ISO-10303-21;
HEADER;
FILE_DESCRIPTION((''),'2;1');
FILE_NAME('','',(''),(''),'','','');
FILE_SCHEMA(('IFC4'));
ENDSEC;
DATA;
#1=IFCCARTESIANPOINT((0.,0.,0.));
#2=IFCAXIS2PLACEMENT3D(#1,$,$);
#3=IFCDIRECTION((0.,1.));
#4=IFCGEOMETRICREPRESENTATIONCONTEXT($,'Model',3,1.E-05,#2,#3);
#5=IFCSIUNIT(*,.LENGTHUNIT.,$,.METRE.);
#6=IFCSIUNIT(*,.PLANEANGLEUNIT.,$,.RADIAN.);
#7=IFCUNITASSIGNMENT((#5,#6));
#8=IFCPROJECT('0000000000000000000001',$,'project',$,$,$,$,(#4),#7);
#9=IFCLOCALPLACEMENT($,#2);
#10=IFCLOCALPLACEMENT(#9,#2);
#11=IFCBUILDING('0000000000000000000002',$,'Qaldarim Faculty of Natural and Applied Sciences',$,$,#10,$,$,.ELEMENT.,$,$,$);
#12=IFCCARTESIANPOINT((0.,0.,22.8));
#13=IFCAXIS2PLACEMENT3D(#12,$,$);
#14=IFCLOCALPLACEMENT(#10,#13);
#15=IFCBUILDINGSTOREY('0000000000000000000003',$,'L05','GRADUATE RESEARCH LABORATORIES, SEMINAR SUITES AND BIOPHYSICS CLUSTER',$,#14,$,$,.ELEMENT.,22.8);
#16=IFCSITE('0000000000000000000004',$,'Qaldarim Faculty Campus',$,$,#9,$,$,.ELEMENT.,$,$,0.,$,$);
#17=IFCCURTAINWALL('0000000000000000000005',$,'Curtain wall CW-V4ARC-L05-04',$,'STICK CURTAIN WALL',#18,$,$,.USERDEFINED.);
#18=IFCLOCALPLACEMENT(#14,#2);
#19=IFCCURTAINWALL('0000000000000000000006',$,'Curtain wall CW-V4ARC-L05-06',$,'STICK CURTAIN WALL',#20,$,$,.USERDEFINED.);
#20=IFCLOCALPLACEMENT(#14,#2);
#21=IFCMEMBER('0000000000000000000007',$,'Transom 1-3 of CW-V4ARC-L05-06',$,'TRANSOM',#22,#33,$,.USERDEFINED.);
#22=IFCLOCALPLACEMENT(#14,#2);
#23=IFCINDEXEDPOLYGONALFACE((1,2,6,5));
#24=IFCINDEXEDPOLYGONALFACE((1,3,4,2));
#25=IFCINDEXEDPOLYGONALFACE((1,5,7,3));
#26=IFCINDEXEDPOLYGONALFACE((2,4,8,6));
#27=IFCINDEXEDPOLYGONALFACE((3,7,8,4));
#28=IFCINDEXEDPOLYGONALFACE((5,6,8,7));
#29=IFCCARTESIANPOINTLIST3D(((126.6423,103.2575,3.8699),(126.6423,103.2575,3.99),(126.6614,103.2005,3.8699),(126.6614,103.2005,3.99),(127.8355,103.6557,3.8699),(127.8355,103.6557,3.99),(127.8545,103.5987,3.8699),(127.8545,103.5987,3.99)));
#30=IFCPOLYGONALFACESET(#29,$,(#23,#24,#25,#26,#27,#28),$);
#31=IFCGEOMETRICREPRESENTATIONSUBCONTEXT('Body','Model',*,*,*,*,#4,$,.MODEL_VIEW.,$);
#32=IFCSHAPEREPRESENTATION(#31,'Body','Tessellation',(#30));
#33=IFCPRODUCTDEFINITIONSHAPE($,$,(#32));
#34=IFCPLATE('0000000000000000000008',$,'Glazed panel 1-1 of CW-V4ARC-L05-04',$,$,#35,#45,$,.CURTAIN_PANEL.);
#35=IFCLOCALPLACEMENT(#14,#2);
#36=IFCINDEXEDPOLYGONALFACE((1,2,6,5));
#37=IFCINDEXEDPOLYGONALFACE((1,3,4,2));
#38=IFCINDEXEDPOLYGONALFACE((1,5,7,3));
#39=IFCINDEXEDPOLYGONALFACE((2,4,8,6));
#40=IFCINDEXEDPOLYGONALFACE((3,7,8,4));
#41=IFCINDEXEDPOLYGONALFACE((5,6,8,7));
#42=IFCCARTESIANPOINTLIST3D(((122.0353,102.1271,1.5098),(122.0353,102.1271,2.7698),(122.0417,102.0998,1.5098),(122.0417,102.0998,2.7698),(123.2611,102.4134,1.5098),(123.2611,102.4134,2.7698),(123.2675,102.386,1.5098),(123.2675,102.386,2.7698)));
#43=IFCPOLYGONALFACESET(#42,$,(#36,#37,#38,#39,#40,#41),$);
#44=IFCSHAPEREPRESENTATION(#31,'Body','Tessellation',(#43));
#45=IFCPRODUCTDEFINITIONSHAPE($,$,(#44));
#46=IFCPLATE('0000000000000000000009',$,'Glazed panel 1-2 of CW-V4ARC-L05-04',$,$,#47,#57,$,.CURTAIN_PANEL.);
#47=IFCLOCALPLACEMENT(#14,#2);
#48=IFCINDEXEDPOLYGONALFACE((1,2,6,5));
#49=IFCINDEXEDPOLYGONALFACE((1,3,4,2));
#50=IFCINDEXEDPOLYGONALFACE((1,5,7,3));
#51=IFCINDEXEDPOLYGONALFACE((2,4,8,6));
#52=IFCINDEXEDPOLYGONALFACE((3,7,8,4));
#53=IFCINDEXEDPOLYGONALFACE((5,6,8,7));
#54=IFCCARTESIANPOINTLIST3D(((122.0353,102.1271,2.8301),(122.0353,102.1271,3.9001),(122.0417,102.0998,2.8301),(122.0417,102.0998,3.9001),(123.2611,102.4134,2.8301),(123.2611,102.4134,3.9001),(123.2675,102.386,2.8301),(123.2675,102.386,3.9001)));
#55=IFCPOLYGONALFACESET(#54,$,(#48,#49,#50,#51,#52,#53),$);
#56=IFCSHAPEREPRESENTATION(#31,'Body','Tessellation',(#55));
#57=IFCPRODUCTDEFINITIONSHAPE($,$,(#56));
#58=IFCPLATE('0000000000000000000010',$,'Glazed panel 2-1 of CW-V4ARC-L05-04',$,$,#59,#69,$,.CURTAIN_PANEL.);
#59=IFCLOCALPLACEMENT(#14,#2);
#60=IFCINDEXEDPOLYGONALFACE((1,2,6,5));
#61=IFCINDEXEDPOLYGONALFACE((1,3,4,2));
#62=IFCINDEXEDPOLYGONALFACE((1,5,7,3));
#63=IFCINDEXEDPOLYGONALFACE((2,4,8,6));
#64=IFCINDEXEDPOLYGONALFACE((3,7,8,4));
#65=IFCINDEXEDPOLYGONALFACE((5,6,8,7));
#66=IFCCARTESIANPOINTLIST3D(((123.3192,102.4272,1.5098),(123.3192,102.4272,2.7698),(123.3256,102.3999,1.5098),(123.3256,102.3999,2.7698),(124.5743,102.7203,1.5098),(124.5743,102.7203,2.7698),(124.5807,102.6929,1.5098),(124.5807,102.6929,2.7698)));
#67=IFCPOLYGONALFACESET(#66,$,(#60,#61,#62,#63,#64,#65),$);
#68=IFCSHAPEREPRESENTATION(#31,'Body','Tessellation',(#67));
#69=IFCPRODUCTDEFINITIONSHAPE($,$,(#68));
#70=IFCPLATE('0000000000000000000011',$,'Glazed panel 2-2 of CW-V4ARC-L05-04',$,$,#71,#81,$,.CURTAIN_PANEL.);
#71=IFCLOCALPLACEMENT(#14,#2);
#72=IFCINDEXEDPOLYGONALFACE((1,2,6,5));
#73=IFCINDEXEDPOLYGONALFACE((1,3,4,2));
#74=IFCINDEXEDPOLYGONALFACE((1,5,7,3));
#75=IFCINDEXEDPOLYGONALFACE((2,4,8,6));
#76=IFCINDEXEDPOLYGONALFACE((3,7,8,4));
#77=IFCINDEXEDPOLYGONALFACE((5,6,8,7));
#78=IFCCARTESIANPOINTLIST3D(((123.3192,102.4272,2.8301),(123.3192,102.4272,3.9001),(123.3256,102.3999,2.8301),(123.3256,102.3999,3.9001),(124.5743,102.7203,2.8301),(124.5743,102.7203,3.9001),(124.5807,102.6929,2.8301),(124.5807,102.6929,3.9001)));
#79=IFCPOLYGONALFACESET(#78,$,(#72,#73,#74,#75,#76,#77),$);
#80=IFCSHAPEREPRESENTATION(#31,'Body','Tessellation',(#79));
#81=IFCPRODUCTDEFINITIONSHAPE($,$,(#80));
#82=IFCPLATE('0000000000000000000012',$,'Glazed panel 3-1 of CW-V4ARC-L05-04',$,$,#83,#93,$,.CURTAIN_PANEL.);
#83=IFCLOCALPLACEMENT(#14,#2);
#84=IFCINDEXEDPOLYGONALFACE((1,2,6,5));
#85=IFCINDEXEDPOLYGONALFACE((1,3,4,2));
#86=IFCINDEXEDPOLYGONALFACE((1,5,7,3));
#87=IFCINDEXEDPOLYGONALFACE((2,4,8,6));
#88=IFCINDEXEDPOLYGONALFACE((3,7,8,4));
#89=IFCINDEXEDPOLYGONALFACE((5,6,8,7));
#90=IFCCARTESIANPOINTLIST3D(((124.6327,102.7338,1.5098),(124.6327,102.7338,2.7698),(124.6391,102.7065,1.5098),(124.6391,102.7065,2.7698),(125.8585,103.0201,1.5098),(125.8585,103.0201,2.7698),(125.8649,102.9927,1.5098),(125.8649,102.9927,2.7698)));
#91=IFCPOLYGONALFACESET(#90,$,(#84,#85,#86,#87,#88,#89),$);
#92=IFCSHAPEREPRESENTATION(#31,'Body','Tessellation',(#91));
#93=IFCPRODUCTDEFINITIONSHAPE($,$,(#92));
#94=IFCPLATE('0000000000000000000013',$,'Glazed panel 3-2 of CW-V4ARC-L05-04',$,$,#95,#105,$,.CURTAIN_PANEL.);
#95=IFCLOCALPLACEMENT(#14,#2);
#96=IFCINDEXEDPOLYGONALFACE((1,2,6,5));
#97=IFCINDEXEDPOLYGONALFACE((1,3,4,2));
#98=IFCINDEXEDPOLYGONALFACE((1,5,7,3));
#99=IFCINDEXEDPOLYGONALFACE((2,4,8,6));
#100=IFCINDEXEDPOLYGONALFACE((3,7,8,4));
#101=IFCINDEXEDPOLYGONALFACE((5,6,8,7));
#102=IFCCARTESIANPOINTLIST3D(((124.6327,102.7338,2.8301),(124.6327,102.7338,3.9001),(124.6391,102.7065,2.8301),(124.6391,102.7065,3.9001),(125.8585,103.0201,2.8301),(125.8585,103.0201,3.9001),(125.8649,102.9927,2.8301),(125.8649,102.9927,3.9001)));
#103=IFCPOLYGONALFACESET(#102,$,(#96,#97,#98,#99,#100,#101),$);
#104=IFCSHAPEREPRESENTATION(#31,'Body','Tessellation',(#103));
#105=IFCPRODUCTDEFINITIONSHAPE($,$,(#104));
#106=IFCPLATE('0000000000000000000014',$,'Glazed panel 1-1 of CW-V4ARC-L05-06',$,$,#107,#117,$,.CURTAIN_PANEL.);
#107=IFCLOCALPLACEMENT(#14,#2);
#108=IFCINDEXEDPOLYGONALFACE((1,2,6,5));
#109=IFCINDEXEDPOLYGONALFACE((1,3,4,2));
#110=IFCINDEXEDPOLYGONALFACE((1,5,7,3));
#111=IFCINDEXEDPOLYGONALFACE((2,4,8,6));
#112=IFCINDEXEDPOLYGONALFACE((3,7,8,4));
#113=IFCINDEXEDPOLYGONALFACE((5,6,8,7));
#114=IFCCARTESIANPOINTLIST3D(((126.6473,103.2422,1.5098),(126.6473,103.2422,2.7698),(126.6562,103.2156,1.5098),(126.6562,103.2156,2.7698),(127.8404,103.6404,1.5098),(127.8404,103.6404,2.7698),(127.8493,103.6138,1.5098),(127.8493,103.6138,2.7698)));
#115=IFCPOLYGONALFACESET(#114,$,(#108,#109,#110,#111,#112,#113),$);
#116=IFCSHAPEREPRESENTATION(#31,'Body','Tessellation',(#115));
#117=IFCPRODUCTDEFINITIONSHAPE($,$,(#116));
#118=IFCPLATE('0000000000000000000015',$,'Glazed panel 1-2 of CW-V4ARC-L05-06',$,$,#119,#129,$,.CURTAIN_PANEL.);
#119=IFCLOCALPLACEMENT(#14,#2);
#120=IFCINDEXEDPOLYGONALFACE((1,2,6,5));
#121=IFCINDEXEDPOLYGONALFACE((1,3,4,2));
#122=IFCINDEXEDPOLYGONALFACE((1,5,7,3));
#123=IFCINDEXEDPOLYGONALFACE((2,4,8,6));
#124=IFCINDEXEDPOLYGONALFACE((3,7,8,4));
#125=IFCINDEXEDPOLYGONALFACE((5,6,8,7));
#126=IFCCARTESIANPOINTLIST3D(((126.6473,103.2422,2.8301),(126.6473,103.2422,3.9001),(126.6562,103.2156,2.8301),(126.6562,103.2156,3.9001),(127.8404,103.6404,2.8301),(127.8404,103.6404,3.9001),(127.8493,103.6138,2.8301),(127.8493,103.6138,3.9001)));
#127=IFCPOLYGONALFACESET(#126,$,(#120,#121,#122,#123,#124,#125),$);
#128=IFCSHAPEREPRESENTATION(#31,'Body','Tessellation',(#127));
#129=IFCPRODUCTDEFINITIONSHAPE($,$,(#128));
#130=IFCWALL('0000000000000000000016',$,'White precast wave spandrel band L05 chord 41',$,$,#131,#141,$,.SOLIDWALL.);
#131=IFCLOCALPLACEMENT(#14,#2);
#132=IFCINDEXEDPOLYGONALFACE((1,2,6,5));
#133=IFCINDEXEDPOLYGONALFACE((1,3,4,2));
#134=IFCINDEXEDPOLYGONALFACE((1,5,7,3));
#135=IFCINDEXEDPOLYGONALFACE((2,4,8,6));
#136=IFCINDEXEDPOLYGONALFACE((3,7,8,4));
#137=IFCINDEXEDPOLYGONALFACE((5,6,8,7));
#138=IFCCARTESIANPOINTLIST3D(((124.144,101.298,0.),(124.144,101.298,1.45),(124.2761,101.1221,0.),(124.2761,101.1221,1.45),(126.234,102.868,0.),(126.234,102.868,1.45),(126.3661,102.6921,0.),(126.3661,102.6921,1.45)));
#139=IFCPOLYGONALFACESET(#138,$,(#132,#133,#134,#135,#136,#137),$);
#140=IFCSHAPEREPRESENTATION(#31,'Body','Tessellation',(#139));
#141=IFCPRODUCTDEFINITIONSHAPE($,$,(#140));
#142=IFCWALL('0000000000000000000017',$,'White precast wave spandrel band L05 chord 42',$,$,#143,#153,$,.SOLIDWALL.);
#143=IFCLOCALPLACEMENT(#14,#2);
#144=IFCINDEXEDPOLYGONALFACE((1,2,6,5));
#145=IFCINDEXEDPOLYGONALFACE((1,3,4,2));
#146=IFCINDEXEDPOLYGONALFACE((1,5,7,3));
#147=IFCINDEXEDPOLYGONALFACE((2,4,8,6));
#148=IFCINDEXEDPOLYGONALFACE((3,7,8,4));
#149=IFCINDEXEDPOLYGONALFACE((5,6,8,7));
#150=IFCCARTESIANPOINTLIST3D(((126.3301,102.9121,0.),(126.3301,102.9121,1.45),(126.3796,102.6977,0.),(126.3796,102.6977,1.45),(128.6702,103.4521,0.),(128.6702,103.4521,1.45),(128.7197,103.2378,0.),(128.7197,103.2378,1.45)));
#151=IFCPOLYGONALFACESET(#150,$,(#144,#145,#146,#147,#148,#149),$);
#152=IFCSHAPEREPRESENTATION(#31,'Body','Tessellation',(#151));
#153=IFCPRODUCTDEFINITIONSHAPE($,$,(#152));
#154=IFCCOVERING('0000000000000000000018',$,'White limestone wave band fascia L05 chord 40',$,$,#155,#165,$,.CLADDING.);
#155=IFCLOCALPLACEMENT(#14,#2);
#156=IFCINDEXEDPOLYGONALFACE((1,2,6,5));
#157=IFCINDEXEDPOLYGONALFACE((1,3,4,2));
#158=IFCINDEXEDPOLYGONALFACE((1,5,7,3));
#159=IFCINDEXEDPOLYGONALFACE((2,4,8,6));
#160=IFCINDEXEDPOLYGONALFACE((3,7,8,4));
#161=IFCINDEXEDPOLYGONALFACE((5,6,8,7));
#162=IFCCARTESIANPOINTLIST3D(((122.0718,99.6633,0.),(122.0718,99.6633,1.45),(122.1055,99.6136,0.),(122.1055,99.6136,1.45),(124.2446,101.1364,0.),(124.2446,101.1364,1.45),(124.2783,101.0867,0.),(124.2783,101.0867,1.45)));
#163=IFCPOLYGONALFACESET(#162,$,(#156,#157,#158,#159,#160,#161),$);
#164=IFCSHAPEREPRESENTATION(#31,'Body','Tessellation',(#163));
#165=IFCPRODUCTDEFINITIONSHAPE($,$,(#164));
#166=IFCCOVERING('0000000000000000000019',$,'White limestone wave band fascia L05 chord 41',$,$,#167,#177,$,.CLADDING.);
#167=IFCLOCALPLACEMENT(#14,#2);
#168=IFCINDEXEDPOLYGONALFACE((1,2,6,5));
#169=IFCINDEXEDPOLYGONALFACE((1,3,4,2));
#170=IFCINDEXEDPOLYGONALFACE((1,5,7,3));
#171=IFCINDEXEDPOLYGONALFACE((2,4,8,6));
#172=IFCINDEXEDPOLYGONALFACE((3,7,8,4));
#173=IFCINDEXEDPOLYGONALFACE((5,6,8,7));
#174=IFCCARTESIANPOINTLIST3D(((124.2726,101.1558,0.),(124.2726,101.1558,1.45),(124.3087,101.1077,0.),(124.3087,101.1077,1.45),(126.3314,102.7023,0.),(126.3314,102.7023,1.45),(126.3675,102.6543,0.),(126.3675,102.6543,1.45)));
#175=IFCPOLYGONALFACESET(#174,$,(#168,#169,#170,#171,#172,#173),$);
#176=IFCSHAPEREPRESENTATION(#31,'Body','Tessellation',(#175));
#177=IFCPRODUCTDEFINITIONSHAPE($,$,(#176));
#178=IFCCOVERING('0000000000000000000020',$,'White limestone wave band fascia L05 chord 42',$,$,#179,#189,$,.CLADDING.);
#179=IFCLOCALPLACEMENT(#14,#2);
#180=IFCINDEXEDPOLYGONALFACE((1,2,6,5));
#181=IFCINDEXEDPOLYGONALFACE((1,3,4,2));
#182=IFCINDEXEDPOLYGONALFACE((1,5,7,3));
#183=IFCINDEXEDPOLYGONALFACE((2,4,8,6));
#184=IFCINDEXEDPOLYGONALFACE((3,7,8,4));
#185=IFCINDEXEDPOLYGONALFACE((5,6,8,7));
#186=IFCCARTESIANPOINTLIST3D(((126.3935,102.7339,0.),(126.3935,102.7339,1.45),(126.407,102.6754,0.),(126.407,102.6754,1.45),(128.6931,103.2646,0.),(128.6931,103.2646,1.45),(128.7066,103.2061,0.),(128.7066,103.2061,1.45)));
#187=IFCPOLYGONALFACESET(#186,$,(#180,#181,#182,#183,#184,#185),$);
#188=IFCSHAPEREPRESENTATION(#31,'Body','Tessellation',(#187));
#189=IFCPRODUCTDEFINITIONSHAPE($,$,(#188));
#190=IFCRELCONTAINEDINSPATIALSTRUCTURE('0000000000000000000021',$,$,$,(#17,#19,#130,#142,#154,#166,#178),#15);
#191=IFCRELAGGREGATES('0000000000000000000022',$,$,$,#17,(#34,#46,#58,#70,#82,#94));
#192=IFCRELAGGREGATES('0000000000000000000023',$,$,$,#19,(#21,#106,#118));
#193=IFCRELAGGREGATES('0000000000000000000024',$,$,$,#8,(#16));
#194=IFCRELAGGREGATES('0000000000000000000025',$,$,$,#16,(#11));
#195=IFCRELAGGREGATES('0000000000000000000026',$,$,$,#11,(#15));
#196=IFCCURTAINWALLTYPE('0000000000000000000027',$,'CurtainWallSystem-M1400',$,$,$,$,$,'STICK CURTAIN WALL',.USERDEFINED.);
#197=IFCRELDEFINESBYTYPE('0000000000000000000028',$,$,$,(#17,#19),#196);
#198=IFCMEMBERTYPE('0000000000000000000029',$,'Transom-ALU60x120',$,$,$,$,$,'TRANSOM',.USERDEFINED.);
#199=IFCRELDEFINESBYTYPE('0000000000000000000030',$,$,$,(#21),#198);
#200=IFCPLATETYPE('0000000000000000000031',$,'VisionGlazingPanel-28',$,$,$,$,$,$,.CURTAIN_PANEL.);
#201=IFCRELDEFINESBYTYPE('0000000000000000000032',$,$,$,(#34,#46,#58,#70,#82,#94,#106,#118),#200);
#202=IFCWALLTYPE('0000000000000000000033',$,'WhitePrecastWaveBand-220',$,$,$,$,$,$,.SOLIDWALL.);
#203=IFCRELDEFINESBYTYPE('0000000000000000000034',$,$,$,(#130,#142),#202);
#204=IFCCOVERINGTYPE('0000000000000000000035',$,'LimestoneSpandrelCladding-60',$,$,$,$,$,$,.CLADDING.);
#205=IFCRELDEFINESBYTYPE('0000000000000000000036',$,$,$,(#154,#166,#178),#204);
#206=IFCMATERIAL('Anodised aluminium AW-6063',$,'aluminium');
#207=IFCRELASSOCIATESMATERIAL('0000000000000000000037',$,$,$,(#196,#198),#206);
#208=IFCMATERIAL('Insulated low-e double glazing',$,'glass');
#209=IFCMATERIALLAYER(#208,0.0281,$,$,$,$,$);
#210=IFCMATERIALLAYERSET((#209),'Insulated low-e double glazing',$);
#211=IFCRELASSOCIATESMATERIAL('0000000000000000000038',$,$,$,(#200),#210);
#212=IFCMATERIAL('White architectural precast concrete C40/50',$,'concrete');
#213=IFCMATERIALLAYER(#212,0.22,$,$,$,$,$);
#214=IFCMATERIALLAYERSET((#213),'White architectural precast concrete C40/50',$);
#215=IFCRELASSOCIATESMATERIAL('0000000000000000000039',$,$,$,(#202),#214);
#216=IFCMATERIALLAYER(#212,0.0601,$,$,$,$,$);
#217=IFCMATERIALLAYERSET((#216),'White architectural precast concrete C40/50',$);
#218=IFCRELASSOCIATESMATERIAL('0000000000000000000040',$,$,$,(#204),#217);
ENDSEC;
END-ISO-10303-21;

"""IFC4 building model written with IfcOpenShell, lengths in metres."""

from ifc_helpers import new_model, si_unit, direction, frame, frame_2d, origin, origin_2d, place, context, subcontext, project, spatial, rectangle, extrude, material, layer, layer_set, material_profile, profile_set, type_object, element, aggregate, save


model = new_model("IFC4")

# Units and contexts
model_context = context("Model", 3, precision=1e-05, world=origin(), true_north=direction((0.0, 1.0)))
body_context = subcontext(model_context, "Body", "Model", "MODEL_VIEW")
ifc_project = project(units=[si_unit("LENGTHUNIT", "METRE"), si_unit("PLANEANGLEUNIT", "RADIAN")], contexts=[model_context])

# Site, building, storey
site_placement = place(None, origin())
site = spatial("IfcSite", under=ifc_project, at=site_placement, Name="Qaldarim Faculty Campus", CompositionType="ELEMENT", RefElevation=0.0)
building_placement = place(site_placement, origin())
building = spatial("IfcBuilding", under=site, at=building_placement, Name="Qaldarim Faculty of Natural and Applied Sciences", CompositionType="ELEMENT")
storey_placement = place(building_placement, frame((0.0, 0.0, 22.8)))
storey = spatial("IfcBuildingStorey", under=building, at=storey_placement, Name="L05", Description="GRADUATE RESEARCH LABORATORIES, SEMINAR SUITES AND BIOPHYSICS CLUSTER", CompositionType="ELEMENT", Elevation=22.8)

# Curtain wall
ifc_material_1 = material(Name="Anodised aluminium AW-6063", Category="aluminium")
curtain_wall_type = type_object("IfcCurtainWallType", Name="CurtainWallSystem-M1400", ElementType="STICK CURTAIN WALL", PredefinedType="USERDEFINED", material=ifc_material_1)
curtain_wall_1_placement = place(storey_placement, origin())
curtain_wall_1 = element("IfcCurtainWall", 1, at=curtain_wall_1_placement, inside=storey, type_object=curtain_wall_type, Name="Curtain wall CW-V4ARC-L05-04", ObjectType="STICK CURTAIN WALL", PredefinedType="USERDEFINED")

# Curtain wall
curtain_wall_2_placement = place(storey_placement, origin())
curtain_wall_2 = element("IfcCurtainWall", 2, at=curtain_wall_2_placement, inside=storey, type_object=curtain_wall_type, Name="Curtain wall CW-V4ARC-L05-06", ObjectType="STICK CURTAIN WALL", PredefinedType="USERDEFINED")

# Member
ifc_material_profile_1 = material_profile(ifc_material_1, rectangle(XDim=0.0601, YDim=0.1201, at=origin_2d()), Name="ALU-T60x120")
ifc_profile_set_1 = profile_set([ifc_material_profile_1], Name="Anodised aluminium AW-6063")
member_type_1 = type_object("IfcMemberType", Name="Transom-ALU60x120", ElementType="TRANSOM", PredefinedType="USERDEFINED", material=ifc_profile_set_1)
member_1_placement = place(storey_placement, frame((126.6519, 103.229, 3.9299), z_axis=(0.948567, 0.316577, 0.0), x_axis=(-0.316577, 0.948567, 0.0)))
member_1 = element("IfcMember", 3, at=member_1_placement, type_object=member_type_1, Name="Transom 1-3 of CW-V4ARC-L05-06", ObjectType="TRANSOM", PredefinedType="USERDEFINED", context=body_context, shape_type="SweptSolid", body=[
    extrude(rectangle(XDim=0.0601, YDim=0.1201, at=origin_2d()), origin(), (0.0, 0.0, 1.0), 1.2578),
])

# Plates
ifc_material_2 = material(Name="Insulated low-e double glazing", Category="glass")
ifc_layer_1 = layer(ifc_material_2, 0.0281)
ifc_layer_set_1 = layer_set([ifc_layer_1], Name="Insulated low-e double glazing")
plate_type = type_object("IfcPlateType", Name="VisionGlazingPanel-28", PredefinedType="CURTAIN_PANEL", material=ifc_layer_set_1)
plate_1_placement = place(storey_placement, frame((122.6514, 102.2566, 1.5098), z_axis=(0.0, 0.0, 1.0), x_axis=(0.973806, 0.227382, 0.0)))
plate_1 = element("IfcPlate", 4, at=plate_1_placement, type_object=plate_type, Name="Glazed panel 1-1 of CW-V4ARC-L05-04", PredefinedType="CURTAIN_PANEL", context=body_context, shape_type="SweptSolid", body=[
    extrude(rectangle(XDim=1.2588, YDim=0.0281, at=origin_2d()), origin(), (0.0, 0.0, 1.0), 1.26),
])
plate_2_placement = place(storey_placement, frame((122.6514, 102.2566, 2.8301), z_axis=(0.0, 0.0, 1.0), x_axis=(0.973806, 0.227382, 0.0)))
plate_2 = element("IfcPlate", 5, at=plate_2_placement, type_object=plate_type, Name="Glazed panel 1-2 of CW-V4ARC-L05-04", PredefinedType="CURTAIN_PANEL", context=body_context, shape_type="SweptSolid", body=[
    extrude(rectangle(XDim=1.2588, YDim=0.0281, at=origin_2d()), origin(), (0.0, 0.0, 1.0), 1.0701),
])
plate_3_placement = place(storey_placement, frame((123.95, 102.5601, 1.5098), z_axis=(0.0, 0.0, 1.0), x_axis=(0.973806, 0.227382, 0.0)))
plate_3 = element("IfcPlate", 6, at=plate_3_placement, type_object=plate_type, Name="Glazed panel 2-1 of CW-V4ARC-L05-04", PredefinedType="CURTAIN_PANEL", context=body_context, shape_type="SweptSolid", body=[
    extrude(rectangle(XDim=1.2888, YDim=0.0281, at=origin_2d()), origin(), (0.0, 0.0, 1.0), 1.26),
])
plate_4_placement = place(storey_placement, frame((123.95, 102.5601, 2.8301), z_axis=(0.0, 0.0, 1.0), x_axis=(0.973806, 0.227382, 0.0)))
plate_4 = element("IfcPlate", 7, at=plate_4_placement, type_object=plate_type, Name="Glazed panel 2-2 of CW-V4ARC-L05-04", PredefinedType="CURTAIN_PANEL", context=body_context, shape_type="SweptSolid", body=[
    extrude(rectangle(XDim=1.2888, YDim=0.0281, at=origin_2d()), origin(), (0.0, 0.0, 1.0), 1.0701),
])
plate_5_placement = place(storey_placement, frame((125.2488, 102.8633, 1.5098), z_axis=(0.0, 0.0, 1.0), x_axis=(0.973806, 0.227382, 0.0)))
plate_5 = element("IfcPlate", 8, at=plate_5_placement, type_object=plate_type, Name="Glazed panel 3-1 of CW-V4ARC-L05-04", PredefinedType="CURTAIN_PANEL", context=body_context, shape_type="SweptSolid", body=[
    extrude(rectangle(XDim=1.2588, YDim=0.0281, at=origin_2d()), origin(), (0.0, 0.0, 1.0), 1.26),
])
plate_6_placement = place(storey_placement, frame((125.2488, 102.8633, 2.8301), z_axis=(0.0, 0.0, 1.0), x_axis=(0.973806, 0.227382, 0.0)))
plate_6 = element("IfcPlate", 9, at=plate_6_placement, type_object=plate_type, Name="Glazed panel 3-2 of CW-V4ARC-L05-04", PredefinedType="CURTAIN_PANEL", context=body_context, shape_type="SweptSolid", body=[
    extrude(rectangle(XDim=1.2588, YDim=0.0281, at=origin_2d()), origin(), (0.0, 0.0, 1.0), 1.0701),
])
aggregate(curtain_wall_1, [plate_1, plate_2, plate_3, plate_4, plate_5, plate_6])
plate_7_placement = place(storey_placement, frame((127.2483, 103.428, 1.5098), z_axis=(0.0, 0.0, 1.0), x_axis=(0.948562, 0.316593, 0.0)))
plate_7 = element("IfcPlate", 10, at=plate_7_placement, type_object=plate_type, Name="Glazed panel 1-1 of CW-V4ARC-L05-06", PredefinedType="CURTAIN_PANEL", context=body_context, shape_type="SweptSolid", body=[
    extrude(rectangle(XDim=1.2578, YDim=0.0281, at=origin_2d()), origin(), (0.0, 0.0, 1.0), 1.26),
])
plate_8_placement = place(storey_placement, frame((127.2483, 103.428, 2.8301), z_axis=(0.0, 0.0, 1.0), x_axis=(0.948562, 0.316593, 0.0)))
plate_8 = element("IfcPlate", 11, at=plate_8_placement, type_object=plate_type, Name="Glazed panel 1-2 of CW-V4ARC-L05-06", PredefinedType="CURTAIN_PANEL", context=body_context, shape_type="SweptSolid", body=[
    extrude(rectangle(XDim=1.2578, YDim=0.0281, at=origin_2d()), origin(), (0.0, 0.0, 1.0), 1.0701),
])
aggregate(curtain_wall_2, [member_1, plate_7, plate_8])

# Walls
ifc_material_3 = material(Name="White architectural precast concrete C40/50", Category="concrete")
ifc_layer_2 = layer(ifc_material_3, 0.22)
ifc_layer_set_2 = layer_set([ifc_layer_2], Name="White architectural precast concrete C40/50")
wall_type = type_object("IfcWallType", Name="WhitePrecastWaveBand-220", PredefinedType="SOLIDWALL", material=ifc_layer_set_2)
wall_1_placement = place(storey_placement, frame((124.21, 101.21, 0.0), z_axis=(0.0, 0.0, 1.0), x_axis=(0.79954, 0.600612, 0.0)))
element("IfcWall", 12, at=wall_1_placement, inside=storey, type_object=wall_type, Name="White precast wave spandrel band L05 chord 41", PredefinedType="SOLIDWALL", context=body_context, shape_type="SweptSolid", body=[
    extrude(rectangle(XDim=2.614, YDim=0.22, at=frame_2d((1.3071, 0.0))), origin(), (0.0, 0.0, 1.0), 1.45),
])
wall_2_placement = place(storey_placement, frame((126.355, 102.8049, 0.0), z_axis=(0.0, 0.0, 1.0), x_axis=(0.974389, 0.224867, 0.0)))
element("IfcWall", 13, at=wall_2_placement, inside=storey, type_object=wall_type, Name="White precast wave spandrel band L05 chord 42", PredefinedType="SOLIDWALL", context=body_context, shape_type="SweptSolid", body=[
    extrude(rectangle(XDim=2.4016, YDim=0.22, at=frame_2d((1.2007, 0.0))), origin(), (0.0, 0.0, 1.0), 1.45),
])

# Coverings
ifc_layer_3 = layer(ifc_material_3, 0.0601)
ifc_layer_set_3 = layer_set([ifc_layer_3], Name="White architectural precast concrete C40/50")
covering_type = type_object("IfcCoveringType", Name="LimestoneSpandrelCladding-60", PredefinedType="CLADDING", material=ifc_layer_set_3)
covering_1_placement = place(storey_placement, frame((123.175, 100.375, 0.0), z_axis=(0.0, 0.0, 1.0), x_axis=(0.827698, 0.561174, 0.0)))
element("IfcCovering", 14, at=covering_1_placement, inside=storey, type_object=covering_type, Name="White limestone wave band fascia L05 chord 40", PredefinedType="CLADDING", context=body_context, shape_type="SweptSolid", body=[
    extrude(rectangle(XDim=2.625, YDim=0.0601, at=origin_2d()), origin(), (0.0, 0.0, 1.0), 1.45),
])
covering_2_placement = place(storey_placement, frame((125.3201, 101.905, 0.0), z_axis=(0.0, 0.0, 1.0), x_axis=(0.799538, 0.600616, 0.0)))
element("IfcCovering", 15, at=covering_2_placement, inside=storey, type_object=covering_type, Name="White limestone wave band fascia L05 chord 41", PredefinedType="CLADDING", context=body_context, shape_type="SweptSolid", body=[
    extrude(rectangle(XDim=2.575, YDim=0.0601, at=origin_2d()), origin(), (0.0, 0.0, 1.0), 1.45),
])
covering_3_placement = place(storey_placement, frame((127.55, 102.97, 0.0), z_axis=(0.0, 0.0, 1.0), x_axis=(0.97439, 0.224866, 0.0)))
element("IfcCovering", 16, at=covering_3_placement, inside=storey, type_object=covering_type, Name="White limestone wave band fascia L05 chord 42", PredefinedType="CLADDING", context=body_context, shape_type="SweptSolid", body=[
    extrude(rectangle(XDim=2.3601, YDim=0.0601, at=origin_2d()), origin(), (0.0, 0.0, 1.0), 1.45),
])

save(model, "model.ifc")
